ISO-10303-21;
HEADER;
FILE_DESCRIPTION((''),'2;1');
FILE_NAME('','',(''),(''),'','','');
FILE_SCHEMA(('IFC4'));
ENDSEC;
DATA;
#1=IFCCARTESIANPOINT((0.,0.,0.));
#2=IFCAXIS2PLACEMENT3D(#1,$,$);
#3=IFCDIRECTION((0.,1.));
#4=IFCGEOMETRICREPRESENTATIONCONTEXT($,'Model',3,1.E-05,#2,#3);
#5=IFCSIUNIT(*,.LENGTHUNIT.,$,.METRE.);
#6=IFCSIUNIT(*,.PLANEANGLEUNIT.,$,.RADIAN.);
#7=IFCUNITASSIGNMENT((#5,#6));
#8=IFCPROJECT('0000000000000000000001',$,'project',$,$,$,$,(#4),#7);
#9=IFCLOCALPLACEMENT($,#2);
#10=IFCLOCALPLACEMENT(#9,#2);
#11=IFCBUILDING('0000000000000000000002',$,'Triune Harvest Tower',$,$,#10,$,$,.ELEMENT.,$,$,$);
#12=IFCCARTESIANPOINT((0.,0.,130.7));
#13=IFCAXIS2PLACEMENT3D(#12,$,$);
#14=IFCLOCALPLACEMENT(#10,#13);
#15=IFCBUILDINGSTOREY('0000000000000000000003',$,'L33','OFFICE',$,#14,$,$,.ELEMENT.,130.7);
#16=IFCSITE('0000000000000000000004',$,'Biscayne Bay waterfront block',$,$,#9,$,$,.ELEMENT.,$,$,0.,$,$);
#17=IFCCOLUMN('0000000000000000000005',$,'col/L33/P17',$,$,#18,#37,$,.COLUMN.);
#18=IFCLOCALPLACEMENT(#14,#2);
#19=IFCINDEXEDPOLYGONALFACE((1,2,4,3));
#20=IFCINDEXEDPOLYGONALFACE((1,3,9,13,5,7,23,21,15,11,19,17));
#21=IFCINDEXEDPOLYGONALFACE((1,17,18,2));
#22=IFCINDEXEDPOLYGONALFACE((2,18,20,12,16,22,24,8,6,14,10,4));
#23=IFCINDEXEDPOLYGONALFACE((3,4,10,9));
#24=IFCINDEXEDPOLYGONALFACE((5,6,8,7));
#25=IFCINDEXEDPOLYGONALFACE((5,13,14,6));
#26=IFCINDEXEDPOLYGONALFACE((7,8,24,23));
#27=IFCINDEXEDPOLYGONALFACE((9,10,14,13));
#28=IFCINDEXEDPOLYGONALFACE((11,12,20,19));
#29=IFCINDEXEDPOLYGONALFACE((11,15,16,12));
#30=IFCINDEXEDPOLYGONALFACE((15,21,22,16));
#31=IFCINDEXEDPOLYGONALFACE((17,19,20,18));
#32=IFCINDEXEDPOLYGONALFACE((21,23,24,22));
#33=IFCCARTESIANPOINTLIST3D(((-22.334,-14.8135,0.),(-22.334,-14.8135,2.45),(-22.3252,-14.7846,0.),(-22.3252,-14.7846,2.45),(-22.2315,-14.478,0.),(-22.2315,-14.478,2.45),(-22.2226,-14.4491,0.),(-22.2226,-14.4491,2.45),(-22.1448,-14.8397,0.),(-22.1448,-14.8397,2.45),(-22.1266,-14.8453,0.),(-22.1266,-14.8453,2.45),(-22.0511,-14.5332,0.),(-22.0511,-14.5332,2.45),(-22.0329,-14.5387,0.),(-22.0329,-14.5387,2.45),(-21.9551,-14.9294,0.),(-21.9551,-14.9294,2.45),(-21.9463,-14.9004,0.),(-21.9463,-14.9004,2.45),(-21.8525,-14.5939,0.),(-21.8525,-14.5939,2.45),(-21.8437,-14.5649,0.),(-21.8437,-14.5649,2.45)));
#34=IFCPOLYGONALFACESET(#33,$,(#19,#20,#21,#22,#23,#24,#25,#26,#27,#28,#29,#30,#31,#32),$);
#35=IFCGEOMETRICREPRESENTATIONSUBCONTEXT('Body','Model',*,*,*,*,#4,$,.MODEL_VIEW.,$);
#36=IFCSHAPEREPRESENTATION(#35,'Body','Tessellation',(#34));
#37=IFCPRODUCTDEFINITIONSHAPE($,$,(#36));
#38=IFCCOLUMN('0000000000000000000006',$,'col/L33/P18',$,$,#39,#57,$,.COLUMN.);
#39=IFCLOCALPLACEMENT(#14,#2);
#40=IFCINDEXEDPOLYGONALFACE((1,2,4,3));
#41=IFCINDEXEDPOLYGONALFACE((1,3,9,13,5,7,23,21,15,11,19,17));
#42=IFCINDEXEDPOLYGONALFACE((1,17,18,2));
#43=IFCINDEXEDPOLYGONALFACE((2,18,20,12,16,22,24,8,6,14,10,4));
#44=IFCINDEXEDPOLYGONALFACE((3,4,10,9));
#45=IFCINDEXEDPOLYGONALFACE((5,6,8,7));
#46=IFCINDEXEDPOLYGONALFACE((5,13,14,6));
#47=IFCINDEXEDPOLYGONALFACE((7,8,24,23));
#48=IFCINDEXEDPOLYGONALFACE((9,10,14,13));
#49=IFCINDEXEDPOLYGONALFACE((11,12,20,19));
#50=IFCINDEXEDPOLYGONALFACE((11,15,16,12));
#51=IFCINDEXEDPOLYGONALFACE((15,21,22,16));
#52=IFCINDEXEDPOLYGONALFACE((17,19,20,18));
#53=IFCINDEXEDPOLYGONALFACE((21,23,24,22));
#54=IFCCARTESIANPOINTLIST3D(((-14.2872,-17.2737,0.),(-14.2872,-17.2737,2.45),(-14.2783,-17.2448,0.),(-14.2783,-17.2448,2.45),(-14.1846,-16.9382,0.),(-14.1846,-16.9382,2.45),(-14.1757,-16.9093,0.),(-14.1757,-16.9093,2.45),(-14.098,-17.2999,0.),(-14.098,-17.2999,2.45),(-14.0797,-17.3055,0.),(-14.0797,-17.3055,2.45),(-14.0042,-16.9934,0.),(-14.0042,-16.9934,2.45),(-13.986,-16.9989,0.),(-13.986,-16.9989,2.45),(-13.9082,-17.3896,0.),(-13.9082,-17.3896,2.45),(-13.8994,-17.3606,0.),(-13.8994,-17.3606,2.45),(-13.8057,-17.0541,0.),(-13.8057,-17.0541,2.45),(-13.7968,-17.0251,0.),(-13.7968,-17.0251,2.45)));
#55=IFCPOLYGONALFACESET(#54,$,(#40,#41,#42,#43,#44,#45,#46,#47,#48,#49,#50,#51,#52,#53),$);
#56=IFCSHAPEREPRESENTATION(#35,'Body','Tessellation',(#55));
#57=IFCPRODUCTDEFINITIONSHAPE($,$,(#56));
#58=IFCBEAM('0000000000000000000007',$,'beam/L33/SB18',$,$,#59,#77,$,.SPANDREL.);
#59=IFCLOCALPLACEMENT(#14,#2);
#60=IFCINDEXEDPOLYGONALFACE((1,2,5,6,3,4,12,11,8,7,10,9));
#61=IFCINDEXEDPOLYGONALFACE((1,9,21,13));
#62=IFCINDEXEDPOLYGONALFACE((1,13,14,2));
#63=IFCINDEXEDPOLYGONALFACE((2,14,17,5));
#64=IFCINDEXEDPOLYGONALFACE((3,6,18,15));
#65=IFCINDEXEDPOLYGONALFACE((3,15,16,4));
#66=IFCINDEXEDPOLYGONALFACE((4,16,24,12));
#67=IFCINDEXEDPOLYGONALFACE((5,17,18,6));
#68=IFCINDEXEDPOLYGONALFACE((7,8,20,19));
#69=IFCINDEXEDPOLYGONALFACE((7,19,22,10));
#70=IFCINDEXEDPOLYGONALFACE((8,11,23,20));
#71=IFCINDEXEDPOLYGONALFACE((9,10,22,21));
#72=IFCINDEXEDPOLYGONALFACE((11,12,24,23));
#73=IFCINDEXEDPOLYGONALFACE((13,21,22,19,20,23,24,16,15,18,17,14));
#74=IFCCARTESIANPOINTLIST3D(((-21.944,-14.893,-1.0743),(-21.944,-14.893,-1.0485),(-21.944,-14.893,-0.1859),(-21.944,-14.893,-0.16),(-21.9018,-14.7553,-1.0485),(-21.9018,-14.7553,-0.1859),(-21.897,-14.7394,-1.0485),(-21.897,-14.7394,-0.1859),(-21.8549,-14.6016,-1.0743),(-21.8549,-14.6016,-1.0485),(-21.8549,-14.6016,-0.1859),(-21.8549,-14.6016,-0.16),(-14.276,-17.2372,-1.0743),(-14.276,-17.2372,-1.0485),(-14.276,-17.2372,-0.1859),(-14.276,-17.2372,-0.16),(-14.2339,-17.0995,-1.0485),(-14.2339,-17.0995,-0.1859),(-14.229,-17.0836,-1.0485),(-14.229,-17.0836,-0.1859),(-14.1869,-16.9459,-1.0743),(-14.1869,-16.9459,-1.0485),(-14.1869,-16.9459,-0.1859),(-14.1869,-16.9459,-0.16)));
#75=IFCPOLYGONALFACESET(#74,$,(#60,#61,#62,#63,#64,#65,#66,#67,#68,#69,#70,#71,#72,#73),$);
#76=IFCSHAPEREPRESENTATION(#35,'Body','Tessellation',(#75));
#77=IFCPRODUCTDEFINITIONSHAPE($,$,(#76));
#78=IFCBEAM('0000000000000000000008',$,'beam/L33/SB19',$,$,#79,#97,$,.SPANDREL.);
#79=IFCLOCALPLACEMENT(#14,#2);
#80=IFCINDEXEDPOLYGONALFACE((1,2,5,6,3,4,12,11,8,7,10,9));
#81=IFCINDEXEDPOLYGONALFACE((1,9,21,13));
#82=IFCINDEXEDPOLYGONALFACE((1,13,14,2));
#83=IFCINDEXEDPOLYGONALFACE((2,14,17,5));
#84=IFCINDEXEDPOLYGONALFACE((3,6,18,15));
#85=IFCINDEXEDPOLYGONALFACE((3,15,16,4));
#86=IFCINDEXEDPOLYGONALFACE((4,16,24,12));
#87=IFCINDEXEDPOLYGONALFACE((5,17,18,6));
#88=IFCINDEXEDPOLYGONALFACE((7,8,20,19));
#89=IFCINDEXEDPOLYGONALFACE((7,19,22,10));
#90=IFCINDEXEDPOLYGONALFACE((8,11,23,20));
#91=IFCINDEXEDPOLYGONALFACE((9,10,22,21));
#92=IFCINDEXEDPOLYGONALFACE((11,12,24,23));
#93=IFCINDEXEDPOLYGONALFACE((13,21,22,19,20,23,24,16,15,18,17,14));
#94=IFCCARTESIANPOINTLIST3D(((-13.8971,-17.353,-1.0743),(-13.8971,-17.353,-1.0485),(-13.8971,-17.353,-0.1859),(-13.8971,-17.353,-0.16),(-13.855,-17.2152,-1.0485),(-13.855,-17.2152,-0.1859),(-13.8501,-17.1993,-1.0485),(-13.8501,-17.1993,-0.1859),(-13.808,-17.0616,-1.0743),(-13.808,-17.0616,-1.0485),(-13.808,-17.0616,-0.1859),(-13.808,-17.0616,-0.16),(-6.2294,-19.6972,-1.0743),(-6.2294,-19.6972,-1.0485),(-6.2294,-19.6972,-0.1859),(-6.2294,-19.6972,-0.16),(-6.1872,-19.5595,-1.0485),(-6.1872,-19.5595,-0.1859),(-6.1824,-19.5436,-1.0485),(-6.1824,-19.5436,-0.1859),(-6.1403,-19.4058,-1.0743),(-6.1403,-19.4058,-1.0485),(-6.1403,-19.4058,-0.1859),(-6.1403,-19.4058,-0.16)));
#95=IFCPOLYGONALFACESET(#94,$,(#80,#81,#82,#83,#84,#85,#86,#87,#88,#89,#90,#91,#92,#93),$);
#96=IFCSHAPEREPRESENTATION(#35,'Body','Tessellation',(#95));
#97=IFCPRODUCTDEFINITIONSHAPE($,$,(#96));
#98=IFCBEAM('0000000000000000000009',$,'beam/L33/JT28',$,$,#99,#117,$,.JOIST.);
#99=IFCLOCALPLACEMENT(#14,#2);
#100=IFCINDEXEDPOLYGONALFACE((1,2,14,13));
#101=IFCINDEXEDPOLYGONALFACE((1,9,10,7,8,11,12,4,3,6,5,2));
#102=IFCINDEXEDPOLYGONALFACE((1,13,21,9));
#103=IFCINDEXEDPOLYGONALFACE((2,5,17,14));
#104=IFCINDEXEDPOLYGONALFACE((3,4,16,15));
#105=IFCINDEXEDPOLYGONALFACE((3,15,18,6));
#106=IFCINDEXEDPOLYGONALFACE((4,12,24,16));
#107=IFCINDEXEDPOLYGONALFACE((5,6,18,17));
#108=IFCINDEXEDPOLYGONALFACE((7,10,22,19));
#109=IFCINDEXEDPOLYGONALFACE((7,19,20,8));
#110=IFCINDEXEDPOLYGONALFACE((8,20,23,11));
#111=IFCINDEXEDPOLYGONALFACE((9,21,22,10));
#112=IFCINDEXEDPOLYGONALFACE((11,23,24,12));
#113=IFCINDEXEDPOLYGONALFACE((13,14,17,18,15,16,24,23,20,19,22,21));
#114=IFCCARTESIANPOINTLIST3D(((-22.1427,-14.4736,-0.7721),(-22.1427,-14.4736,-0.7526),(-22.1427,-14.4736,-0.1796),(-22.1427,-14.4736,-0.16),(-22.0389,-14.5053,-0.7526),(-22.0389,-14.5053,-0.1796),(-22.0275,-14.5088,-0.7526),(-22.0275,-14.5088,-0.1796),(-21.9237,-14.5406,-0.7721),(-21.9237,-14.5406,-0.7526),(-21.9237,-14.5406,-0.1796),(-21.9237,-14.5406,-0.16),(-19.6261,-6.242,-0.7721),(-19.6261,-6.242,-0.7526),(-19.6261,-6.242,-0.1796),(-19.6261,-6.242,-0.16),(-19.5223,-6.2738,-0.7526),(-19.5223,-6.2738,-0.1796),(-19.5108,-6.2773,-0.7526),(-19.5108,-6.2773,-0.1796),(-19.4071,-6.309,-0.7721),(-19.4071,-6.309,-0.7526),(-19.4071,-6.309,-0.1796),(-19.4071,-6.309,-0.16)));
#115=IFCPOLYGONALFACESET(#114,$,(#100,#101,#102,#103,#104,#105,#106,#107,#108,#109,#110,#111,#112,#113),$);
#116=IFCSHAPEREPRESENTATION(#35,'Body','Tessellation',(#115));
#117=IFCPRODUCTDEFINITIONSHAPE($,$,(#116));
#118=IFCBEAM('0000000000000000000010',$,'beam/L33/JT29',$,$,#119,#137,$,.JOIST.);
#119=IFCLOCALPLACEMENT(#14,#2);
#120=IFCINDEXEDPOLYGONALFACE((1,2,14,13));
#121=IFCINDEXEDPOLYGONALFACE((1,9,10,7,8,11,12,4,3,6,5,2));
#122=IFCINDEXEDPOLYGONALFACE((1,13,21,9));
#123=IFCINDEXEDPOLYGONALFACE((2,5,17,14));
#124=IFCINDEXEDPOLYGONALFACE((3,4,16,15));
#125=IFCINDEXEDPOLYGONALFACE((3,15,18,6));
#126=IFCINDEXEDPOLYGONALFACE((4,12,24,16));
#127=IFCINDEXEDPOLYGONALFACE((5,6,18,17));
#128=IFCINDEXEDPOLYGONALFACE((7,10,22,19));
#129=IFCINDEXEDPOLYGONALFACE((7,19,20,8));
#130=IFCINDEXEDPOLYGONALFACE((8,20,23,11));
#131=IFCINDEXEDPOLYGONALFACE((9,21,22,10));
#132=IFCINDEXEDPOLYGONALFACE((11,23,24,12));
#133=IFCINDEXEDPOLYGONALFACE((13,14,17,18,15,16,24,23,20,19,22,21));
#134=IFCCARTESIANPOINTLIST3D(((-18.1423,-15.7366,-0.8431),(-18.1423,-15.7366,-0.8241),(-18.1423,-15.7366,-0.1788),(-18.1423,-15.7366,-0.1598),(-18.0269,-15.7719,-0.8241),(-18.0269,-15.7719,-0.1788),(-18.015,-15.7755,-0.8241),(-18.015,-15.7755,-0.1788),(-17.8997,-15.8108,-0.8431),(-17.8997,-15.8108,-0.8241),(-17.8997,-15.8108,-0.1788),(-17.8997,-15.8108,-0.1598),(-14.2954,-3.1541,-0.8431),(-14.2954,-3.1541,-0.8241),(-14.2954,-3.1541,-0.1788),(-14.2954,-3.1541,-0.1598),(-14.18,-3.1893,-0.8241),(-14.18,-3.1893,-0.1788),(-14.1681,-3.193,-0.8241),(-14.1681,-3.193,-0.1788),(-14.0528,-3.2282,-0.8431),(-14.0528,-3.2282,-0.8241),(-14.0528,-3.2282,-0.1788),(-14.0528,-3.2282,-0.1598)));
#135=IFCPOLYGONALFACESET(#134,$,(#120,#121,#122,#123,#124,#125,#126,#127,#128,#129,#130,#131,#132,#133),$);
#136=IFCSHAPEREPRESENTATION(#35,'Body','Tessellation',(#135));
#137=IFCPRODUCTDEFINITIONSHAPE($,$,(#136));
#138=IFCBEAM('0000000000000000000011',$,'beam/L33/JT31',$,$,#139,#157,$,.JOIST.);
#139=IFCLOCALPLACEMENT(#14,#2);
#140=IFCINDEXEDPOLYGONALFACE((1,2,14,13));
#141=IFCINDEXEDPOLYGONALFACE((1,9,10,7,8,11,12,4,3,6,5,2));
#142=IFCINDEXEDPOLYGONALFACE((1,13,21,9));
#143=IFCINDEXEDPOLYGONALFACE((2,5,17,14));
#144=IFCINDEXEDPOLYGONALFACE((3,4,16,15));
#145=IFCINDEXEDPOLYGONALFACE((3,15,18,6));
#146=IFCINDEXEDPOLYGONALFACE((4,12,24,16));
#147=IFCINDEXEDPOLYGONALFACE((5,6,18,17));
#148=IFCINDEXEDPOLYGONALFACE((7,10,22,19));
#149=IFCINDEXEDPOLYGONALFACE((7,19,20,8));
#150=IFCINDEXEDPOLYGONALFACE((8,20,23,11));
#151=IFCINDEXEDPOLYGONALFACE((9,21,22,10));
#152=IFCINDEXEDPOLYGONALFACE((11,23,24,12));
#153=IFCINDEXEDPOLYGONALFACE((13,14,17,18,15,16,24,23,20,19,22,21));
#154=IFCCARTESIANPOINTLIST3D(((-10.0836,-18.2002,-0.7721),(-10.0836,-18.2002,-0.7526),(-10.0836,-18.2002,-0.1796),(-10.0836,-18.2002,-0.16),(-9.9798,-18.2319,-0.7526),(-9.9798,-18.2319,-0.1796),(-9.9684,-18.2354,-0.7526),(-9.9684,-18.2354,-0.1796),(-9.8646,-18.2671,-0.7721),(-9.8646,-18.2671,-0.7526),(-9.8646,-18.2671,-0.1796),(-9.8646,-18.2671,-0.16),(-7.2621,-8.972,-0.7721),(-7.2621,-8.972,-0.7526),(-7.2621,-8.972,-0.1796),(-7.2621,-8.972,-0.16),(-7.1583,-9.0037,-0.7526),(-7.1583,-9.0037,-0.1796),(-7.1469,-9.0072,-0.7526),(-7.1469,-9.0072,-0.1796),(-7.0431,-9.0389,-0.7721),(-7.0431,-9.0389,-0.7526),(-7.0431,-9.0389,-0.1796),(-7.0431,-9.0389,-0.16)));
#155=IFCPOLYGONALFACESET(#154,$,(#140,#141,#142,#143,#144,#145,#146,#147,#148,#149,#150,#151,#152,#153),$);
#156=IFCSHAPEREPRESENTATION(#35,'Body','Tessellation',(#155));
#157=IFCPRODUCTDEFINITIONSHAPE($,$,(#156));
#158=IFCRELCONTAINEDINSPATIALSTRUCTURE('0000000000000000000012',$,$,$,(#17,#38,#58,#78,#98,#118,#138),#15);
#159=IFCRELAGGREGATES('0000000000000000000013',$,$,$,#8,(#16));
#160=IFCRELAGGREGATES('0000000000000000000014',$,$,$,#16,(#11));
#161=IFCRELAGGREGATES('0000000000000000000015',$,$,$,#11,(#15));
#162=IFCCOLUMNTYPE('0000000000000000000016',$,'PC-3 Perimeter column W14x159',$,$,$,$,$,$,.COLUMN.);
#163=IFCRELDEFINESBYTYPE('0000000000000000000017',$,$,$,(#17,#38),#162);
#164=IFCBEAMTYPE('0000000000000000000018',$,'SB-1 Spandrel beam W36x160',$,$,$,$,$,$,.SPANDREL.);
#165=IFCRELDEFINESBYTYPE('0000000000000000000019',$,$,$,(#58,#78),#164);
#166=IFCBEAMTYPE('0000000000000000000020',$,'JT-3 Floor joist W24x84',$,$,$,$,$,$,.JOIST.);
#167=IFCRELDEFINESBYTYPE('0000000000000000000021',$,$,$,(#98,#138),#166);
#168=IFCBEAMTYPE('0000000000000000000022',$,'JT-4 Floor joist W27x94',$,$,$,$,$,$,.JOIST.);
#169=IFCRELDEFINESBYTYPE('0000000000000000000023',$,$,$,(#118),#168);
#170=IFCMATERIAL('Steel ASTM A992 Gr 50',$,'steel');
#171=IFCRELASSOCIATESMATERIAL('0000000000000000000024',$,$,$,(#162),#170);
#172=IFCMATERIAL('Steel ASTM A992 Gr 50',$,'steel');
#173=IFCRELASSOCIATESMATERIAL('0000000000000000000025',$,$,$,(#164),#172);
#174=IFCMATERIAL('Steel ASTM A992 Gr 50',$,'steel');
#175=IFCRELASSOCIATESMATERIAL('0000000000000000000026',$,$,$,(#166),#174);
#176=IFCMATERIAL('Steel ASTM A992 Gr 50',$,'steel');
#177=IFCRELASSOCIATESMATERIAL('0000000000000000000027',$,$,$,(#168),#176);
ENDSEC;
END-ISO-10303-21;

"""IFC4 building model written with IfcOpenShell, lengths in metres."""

from ifc_helpers import new_model, si_unit, direction, frame, origin, origin_2d, place, context, subcontext, project, spatial, i_section, extrude, source, transform, mapped, material, material_profile, profile_set, type_object, element, save


model = new_model("IFC4")

# Units and contexts
model_context = context("Model", 3, precision=1e-05, world=origin(), true_north=direction((0.0, 1.0)))
body_context = subcontext(model_context, "Body", "Model", "MODEL_VIEW")
ifc_project = project(units=[si_unit("LENGTHUNIT", "METRE"), si_unit("PLANEANGLEUNIT", "RADIAN")], contexts=[model_context])

# Site, building, storey
site_placement = place(None, origin())
site = spatial("IfcSite", under=ifc_project, at=site_placement, Name="Biscayne Bay waterfront block", CompositionType="ELEMENT", RefElevation=0.0)
building_placement = place(site_placement, origin())
building = spatial("IfcBuilding", under=site, at=building_placement, Name="Triune Harvest Tower", CompositionType="ELEMENT")
storey_placement = place(building_placement, frame((0.0, 0.0, 130.7)))
storey = spatial("IfcBuildingStorey", under=building, at=storey_placement, Name="L33", Description="OFFICE", CompositionType="ELEMENT", Elevation=130.7)

# Columns
ifc_material_1 = material(Name="Steel ASTM A992 Gr 50", Category="steel")
ifc_material_profile_1 = material_profile(ifc_material_1, i_section(OverallWidth=0.3962, OverallDepth=0.3811, WebThickness=0.019, FlangeThickness=0.0303, at=origin_2d()), Name="W14x159")
ifc_profile_set_1 = profile_set([ifc_material_profile_1], Name="Steel ASTM A992 Gr 50")
column_type = type_object("IfcColumnType", Name="PC-3 Perimeter column W14x159", PredefinedType="COLUMN", material=ifc_profile_set_1)
shared_shape_1 = source(origin(), body_context, "Body", "SweptSolid", [
    extrude(i_section(OverallWidth=0.3962, OverallDepth=0.3811, WebThickness=0.019, FlangeThickness=0.0303, at=origin_2d()), origin(), (0.0, 0.0, 1.0), 2.45),
])
for number, where, z_axis, x_axis, name in (
    (1, (-22.0889, -14.6892, 0.0), (0.0, 0.0, 1.0), (0.956305, -0.292372, 0.0), "col/L33/P17"),
    (2, (-14.042, -17.1494, 0.0), (0.0, 0.0, 1.0), (0.956305, -0.292372, 0.0), "col/L33/P18"),
):
    element("IfcColumn", number, at=place(storey_placement, frame(where, z_axis=z_axis, x_axis=x_axis)), inside=storey, type_object=column_type, Name=name, PredefinedType="COLUMN", context=body_context, shape_type="MappedRepresentation", body=[
        mapped(shared_shape_1, transform((0.0, 0.0, 0.0), scale=1.0)),
    ])

# Beams
ifc_material_2 = material(Name="Steel ASTM A992 Gr 50", Category="steel")
ifc_material_profile_2 = material_profile(ifc_material_2, i_section(OverallWidth=0.3047, OverallDepth=0.9143, WebThickness=0.0166, FlangeThickness=0.0259, at=origin_2d()), Name="W36x160")
ifc_profile_set_2 = profile_set([ifc_material_profile_2], Name="Steel ASTM A992 Gr 50")
beam_type_1 = type_object("IfcBeamType", Name="SB-1 Spandrel beam W36x160", PredefinedType="SPANDREL", material=ifc_profile_set_2)
shared_shape_2 = source(origin(), body_context, "Body", "SweptSolid", [
    extrude(i_section(OverallWidth=0.3047, OverallDepth=0.9143, WebThickness=0.0166, FlangeThickness=0.0259, at=origin_2d()), origin(), (0.0, 0.0, 1.0), 8.0183),
])
beam_1_placement = place(storey_placement, frame((-21.8994, -14.7473, -0.6172), z_axis=(0.956308, -0.292361, 0.0), x_axis=(0.292361, 0.956308, 0.0)))
element("IfcBeam", 3, at=beam_1_placement, inside=storey, type_object=beam_type_1, Name="beam/L33/SB18", PredefinedType="SPANDREL", context=body_context, shape_type="MappedRepresentation", body=[
    mapped(shared_shape_2, transform((0.0, 0.0, 0.0), scale=1.0)),
])
shared_shape_3 = source(origin(), body_context, "Body", "SweptSolid", [
    extrude(i_section(OverallWidth=0.3047, OverallDepth=0.9143, WebThickness=0.0166, FlangeThickness=0.0259, at=origin_2d()), origin(), (0.0, 0.0, 1.0), 8.0181),
])
beam_2_placement = place(storey_placement, frame((-13.8525, -17.2073, -0.6172), z_axis=(0.956305, -0.292369, 0.0), x_axis=(0.292369, 0.956305, 0.0)))
element("IfcBeam", 4, at=beam_2_placement, inside=storey, type_object=beam_type_1, Name="beam/L33/SB19", PredefinedType="SPANDREL", context=body_context, shape_type="MappedRepresentation", body=[
    mapped(shared_shape_3, transform((0.0, 0.0, 0.0), scale=1.0)),
])
ifc_material_3 = material(Name="Steel ASTM A992 Gr 50", Category="steel")
ifc_material_profile_3 = material_profile(ifc_material_3, i_section(OverallWidth=0.229, OverallDepth=0.6121, WebThickness=0.012, FlangeThickness=0.0195, at=origin_2d()), Name="W24x84")
ifc_profile_set_3 = profile_set([ifc_material_profile_3], Name="Steel ASTM A992 Gr 50")
beam_type_2 = type_object("IfcBeamType", Name="JT-3 Floor joist W24x84", PredefinedType="JOIST", material=ifc_profile_set_3)
shared_shape_4 = source(origin(), body_context, "Body", "SweptSolid", [
    extrude(i_section(OverallWidth=0.229, OverallDepth=0.6121, WebThickness=0.012, FlangeThickness=0.0195, at=origin_2d()), origin(), (0.0, 0.0, 1.0), 8.6077),
])
beam_3_placement = place(storey_placement, frame((-22.0332, -14.5071, -0.4661), z_axis=(0.292371, 0.956305, 0.0), x_axis=(-0.956305, 0.292371, 0.0)))
element("IfcBeam", 5, at=beam_3_placement, inside=storey, type_object=beam_type_2, Name="beam/L33/JT28", PredefinedType="JOIST", context=body_context, shape_type="MappedRepresentation", body=[
    mapped(shared_shape_4, transform((0.0, 0.0, 0.0), scale=1.0)),
])
ifc_material_4 = material(Name="Steel ASTM A992 Gr 50", Category="steel")
ifc_material_profile_4 = material_profile(ifc_material_4, i_section(OverallWidth=0.2537, OverallDepth=0.6833, WebThickness=0.0125, FlangeThickness=0.019, at=origin_2d()), Name="W27x94")
ifc_profile_set_4 = profile_set([ifc_material_profile_4], Name="Steel ASTM A992 Gr 50")
beam_type_3 = type_object("IfcBeamType", Name="JT-4 Floor joist W27x94", PredefinedType="JOIST", material=ifc_profile_set_4)
shared_shape_5 = source(origin(), body_context, "Body", "SweptSolid", [
    extrude(i_section(OverallWidth=0.2537, OverallDepth=0.6833, WebThickness=0.0125, FlangeThickness=0.019, at=origin_2d()), origin(), (0.0, 0.0, 1.0), 13.1575),
])
beam_4_placement = place(storey_placement, frame((-18.021, -15.7737, -0.5015), z_axis=(0.292376, 0.956303, 0.0), x_axis=(-0.956303, 0.292376, 0.0)))
element("IfcBeam", 6, at=beam_4_placement, inside=storey, type_object=beam_type_3, Name="beam/L33/JT29", PredefinedType="JOIST", context=body_context, shape_type="MappedRepresentation", body=[
    mapped(shared_shape_5, transform((0.0, 0.0, 0.0), scale=1.0)),
])
shared_shape_6 = source(origin(), body_context, "Body", "SweptSolid", [
    extrude(i_section(OverallWidth=0.229, OverallDepth=0.6121, WebThickness=0.012, FlangeThickness=0.0195, at=origin_2d()), origin(), (0.0, 0.0, 1.0), 9.6499),
])
beam_5_placement = place(storey_placement, frame((-9.9741, -18.2336, -0.4661), z_axis=(0.292388, 0.9563, 0.0), x_axis=(-0.9563, 0.292388, 0.0)))
element("IfcBeam", 7, at=beam_5_placement, inside=storey, type_object=beam_type_2, Name="beam/L33/JT31", PredefinedType="JOIST", context=body_context, shape_type="MappedRepresentation", body=[
    mapped(shared_shape_6, transform((0.0, 0.0, 0.0), scale=1.0)),
])

save(model, "model.ifc")
